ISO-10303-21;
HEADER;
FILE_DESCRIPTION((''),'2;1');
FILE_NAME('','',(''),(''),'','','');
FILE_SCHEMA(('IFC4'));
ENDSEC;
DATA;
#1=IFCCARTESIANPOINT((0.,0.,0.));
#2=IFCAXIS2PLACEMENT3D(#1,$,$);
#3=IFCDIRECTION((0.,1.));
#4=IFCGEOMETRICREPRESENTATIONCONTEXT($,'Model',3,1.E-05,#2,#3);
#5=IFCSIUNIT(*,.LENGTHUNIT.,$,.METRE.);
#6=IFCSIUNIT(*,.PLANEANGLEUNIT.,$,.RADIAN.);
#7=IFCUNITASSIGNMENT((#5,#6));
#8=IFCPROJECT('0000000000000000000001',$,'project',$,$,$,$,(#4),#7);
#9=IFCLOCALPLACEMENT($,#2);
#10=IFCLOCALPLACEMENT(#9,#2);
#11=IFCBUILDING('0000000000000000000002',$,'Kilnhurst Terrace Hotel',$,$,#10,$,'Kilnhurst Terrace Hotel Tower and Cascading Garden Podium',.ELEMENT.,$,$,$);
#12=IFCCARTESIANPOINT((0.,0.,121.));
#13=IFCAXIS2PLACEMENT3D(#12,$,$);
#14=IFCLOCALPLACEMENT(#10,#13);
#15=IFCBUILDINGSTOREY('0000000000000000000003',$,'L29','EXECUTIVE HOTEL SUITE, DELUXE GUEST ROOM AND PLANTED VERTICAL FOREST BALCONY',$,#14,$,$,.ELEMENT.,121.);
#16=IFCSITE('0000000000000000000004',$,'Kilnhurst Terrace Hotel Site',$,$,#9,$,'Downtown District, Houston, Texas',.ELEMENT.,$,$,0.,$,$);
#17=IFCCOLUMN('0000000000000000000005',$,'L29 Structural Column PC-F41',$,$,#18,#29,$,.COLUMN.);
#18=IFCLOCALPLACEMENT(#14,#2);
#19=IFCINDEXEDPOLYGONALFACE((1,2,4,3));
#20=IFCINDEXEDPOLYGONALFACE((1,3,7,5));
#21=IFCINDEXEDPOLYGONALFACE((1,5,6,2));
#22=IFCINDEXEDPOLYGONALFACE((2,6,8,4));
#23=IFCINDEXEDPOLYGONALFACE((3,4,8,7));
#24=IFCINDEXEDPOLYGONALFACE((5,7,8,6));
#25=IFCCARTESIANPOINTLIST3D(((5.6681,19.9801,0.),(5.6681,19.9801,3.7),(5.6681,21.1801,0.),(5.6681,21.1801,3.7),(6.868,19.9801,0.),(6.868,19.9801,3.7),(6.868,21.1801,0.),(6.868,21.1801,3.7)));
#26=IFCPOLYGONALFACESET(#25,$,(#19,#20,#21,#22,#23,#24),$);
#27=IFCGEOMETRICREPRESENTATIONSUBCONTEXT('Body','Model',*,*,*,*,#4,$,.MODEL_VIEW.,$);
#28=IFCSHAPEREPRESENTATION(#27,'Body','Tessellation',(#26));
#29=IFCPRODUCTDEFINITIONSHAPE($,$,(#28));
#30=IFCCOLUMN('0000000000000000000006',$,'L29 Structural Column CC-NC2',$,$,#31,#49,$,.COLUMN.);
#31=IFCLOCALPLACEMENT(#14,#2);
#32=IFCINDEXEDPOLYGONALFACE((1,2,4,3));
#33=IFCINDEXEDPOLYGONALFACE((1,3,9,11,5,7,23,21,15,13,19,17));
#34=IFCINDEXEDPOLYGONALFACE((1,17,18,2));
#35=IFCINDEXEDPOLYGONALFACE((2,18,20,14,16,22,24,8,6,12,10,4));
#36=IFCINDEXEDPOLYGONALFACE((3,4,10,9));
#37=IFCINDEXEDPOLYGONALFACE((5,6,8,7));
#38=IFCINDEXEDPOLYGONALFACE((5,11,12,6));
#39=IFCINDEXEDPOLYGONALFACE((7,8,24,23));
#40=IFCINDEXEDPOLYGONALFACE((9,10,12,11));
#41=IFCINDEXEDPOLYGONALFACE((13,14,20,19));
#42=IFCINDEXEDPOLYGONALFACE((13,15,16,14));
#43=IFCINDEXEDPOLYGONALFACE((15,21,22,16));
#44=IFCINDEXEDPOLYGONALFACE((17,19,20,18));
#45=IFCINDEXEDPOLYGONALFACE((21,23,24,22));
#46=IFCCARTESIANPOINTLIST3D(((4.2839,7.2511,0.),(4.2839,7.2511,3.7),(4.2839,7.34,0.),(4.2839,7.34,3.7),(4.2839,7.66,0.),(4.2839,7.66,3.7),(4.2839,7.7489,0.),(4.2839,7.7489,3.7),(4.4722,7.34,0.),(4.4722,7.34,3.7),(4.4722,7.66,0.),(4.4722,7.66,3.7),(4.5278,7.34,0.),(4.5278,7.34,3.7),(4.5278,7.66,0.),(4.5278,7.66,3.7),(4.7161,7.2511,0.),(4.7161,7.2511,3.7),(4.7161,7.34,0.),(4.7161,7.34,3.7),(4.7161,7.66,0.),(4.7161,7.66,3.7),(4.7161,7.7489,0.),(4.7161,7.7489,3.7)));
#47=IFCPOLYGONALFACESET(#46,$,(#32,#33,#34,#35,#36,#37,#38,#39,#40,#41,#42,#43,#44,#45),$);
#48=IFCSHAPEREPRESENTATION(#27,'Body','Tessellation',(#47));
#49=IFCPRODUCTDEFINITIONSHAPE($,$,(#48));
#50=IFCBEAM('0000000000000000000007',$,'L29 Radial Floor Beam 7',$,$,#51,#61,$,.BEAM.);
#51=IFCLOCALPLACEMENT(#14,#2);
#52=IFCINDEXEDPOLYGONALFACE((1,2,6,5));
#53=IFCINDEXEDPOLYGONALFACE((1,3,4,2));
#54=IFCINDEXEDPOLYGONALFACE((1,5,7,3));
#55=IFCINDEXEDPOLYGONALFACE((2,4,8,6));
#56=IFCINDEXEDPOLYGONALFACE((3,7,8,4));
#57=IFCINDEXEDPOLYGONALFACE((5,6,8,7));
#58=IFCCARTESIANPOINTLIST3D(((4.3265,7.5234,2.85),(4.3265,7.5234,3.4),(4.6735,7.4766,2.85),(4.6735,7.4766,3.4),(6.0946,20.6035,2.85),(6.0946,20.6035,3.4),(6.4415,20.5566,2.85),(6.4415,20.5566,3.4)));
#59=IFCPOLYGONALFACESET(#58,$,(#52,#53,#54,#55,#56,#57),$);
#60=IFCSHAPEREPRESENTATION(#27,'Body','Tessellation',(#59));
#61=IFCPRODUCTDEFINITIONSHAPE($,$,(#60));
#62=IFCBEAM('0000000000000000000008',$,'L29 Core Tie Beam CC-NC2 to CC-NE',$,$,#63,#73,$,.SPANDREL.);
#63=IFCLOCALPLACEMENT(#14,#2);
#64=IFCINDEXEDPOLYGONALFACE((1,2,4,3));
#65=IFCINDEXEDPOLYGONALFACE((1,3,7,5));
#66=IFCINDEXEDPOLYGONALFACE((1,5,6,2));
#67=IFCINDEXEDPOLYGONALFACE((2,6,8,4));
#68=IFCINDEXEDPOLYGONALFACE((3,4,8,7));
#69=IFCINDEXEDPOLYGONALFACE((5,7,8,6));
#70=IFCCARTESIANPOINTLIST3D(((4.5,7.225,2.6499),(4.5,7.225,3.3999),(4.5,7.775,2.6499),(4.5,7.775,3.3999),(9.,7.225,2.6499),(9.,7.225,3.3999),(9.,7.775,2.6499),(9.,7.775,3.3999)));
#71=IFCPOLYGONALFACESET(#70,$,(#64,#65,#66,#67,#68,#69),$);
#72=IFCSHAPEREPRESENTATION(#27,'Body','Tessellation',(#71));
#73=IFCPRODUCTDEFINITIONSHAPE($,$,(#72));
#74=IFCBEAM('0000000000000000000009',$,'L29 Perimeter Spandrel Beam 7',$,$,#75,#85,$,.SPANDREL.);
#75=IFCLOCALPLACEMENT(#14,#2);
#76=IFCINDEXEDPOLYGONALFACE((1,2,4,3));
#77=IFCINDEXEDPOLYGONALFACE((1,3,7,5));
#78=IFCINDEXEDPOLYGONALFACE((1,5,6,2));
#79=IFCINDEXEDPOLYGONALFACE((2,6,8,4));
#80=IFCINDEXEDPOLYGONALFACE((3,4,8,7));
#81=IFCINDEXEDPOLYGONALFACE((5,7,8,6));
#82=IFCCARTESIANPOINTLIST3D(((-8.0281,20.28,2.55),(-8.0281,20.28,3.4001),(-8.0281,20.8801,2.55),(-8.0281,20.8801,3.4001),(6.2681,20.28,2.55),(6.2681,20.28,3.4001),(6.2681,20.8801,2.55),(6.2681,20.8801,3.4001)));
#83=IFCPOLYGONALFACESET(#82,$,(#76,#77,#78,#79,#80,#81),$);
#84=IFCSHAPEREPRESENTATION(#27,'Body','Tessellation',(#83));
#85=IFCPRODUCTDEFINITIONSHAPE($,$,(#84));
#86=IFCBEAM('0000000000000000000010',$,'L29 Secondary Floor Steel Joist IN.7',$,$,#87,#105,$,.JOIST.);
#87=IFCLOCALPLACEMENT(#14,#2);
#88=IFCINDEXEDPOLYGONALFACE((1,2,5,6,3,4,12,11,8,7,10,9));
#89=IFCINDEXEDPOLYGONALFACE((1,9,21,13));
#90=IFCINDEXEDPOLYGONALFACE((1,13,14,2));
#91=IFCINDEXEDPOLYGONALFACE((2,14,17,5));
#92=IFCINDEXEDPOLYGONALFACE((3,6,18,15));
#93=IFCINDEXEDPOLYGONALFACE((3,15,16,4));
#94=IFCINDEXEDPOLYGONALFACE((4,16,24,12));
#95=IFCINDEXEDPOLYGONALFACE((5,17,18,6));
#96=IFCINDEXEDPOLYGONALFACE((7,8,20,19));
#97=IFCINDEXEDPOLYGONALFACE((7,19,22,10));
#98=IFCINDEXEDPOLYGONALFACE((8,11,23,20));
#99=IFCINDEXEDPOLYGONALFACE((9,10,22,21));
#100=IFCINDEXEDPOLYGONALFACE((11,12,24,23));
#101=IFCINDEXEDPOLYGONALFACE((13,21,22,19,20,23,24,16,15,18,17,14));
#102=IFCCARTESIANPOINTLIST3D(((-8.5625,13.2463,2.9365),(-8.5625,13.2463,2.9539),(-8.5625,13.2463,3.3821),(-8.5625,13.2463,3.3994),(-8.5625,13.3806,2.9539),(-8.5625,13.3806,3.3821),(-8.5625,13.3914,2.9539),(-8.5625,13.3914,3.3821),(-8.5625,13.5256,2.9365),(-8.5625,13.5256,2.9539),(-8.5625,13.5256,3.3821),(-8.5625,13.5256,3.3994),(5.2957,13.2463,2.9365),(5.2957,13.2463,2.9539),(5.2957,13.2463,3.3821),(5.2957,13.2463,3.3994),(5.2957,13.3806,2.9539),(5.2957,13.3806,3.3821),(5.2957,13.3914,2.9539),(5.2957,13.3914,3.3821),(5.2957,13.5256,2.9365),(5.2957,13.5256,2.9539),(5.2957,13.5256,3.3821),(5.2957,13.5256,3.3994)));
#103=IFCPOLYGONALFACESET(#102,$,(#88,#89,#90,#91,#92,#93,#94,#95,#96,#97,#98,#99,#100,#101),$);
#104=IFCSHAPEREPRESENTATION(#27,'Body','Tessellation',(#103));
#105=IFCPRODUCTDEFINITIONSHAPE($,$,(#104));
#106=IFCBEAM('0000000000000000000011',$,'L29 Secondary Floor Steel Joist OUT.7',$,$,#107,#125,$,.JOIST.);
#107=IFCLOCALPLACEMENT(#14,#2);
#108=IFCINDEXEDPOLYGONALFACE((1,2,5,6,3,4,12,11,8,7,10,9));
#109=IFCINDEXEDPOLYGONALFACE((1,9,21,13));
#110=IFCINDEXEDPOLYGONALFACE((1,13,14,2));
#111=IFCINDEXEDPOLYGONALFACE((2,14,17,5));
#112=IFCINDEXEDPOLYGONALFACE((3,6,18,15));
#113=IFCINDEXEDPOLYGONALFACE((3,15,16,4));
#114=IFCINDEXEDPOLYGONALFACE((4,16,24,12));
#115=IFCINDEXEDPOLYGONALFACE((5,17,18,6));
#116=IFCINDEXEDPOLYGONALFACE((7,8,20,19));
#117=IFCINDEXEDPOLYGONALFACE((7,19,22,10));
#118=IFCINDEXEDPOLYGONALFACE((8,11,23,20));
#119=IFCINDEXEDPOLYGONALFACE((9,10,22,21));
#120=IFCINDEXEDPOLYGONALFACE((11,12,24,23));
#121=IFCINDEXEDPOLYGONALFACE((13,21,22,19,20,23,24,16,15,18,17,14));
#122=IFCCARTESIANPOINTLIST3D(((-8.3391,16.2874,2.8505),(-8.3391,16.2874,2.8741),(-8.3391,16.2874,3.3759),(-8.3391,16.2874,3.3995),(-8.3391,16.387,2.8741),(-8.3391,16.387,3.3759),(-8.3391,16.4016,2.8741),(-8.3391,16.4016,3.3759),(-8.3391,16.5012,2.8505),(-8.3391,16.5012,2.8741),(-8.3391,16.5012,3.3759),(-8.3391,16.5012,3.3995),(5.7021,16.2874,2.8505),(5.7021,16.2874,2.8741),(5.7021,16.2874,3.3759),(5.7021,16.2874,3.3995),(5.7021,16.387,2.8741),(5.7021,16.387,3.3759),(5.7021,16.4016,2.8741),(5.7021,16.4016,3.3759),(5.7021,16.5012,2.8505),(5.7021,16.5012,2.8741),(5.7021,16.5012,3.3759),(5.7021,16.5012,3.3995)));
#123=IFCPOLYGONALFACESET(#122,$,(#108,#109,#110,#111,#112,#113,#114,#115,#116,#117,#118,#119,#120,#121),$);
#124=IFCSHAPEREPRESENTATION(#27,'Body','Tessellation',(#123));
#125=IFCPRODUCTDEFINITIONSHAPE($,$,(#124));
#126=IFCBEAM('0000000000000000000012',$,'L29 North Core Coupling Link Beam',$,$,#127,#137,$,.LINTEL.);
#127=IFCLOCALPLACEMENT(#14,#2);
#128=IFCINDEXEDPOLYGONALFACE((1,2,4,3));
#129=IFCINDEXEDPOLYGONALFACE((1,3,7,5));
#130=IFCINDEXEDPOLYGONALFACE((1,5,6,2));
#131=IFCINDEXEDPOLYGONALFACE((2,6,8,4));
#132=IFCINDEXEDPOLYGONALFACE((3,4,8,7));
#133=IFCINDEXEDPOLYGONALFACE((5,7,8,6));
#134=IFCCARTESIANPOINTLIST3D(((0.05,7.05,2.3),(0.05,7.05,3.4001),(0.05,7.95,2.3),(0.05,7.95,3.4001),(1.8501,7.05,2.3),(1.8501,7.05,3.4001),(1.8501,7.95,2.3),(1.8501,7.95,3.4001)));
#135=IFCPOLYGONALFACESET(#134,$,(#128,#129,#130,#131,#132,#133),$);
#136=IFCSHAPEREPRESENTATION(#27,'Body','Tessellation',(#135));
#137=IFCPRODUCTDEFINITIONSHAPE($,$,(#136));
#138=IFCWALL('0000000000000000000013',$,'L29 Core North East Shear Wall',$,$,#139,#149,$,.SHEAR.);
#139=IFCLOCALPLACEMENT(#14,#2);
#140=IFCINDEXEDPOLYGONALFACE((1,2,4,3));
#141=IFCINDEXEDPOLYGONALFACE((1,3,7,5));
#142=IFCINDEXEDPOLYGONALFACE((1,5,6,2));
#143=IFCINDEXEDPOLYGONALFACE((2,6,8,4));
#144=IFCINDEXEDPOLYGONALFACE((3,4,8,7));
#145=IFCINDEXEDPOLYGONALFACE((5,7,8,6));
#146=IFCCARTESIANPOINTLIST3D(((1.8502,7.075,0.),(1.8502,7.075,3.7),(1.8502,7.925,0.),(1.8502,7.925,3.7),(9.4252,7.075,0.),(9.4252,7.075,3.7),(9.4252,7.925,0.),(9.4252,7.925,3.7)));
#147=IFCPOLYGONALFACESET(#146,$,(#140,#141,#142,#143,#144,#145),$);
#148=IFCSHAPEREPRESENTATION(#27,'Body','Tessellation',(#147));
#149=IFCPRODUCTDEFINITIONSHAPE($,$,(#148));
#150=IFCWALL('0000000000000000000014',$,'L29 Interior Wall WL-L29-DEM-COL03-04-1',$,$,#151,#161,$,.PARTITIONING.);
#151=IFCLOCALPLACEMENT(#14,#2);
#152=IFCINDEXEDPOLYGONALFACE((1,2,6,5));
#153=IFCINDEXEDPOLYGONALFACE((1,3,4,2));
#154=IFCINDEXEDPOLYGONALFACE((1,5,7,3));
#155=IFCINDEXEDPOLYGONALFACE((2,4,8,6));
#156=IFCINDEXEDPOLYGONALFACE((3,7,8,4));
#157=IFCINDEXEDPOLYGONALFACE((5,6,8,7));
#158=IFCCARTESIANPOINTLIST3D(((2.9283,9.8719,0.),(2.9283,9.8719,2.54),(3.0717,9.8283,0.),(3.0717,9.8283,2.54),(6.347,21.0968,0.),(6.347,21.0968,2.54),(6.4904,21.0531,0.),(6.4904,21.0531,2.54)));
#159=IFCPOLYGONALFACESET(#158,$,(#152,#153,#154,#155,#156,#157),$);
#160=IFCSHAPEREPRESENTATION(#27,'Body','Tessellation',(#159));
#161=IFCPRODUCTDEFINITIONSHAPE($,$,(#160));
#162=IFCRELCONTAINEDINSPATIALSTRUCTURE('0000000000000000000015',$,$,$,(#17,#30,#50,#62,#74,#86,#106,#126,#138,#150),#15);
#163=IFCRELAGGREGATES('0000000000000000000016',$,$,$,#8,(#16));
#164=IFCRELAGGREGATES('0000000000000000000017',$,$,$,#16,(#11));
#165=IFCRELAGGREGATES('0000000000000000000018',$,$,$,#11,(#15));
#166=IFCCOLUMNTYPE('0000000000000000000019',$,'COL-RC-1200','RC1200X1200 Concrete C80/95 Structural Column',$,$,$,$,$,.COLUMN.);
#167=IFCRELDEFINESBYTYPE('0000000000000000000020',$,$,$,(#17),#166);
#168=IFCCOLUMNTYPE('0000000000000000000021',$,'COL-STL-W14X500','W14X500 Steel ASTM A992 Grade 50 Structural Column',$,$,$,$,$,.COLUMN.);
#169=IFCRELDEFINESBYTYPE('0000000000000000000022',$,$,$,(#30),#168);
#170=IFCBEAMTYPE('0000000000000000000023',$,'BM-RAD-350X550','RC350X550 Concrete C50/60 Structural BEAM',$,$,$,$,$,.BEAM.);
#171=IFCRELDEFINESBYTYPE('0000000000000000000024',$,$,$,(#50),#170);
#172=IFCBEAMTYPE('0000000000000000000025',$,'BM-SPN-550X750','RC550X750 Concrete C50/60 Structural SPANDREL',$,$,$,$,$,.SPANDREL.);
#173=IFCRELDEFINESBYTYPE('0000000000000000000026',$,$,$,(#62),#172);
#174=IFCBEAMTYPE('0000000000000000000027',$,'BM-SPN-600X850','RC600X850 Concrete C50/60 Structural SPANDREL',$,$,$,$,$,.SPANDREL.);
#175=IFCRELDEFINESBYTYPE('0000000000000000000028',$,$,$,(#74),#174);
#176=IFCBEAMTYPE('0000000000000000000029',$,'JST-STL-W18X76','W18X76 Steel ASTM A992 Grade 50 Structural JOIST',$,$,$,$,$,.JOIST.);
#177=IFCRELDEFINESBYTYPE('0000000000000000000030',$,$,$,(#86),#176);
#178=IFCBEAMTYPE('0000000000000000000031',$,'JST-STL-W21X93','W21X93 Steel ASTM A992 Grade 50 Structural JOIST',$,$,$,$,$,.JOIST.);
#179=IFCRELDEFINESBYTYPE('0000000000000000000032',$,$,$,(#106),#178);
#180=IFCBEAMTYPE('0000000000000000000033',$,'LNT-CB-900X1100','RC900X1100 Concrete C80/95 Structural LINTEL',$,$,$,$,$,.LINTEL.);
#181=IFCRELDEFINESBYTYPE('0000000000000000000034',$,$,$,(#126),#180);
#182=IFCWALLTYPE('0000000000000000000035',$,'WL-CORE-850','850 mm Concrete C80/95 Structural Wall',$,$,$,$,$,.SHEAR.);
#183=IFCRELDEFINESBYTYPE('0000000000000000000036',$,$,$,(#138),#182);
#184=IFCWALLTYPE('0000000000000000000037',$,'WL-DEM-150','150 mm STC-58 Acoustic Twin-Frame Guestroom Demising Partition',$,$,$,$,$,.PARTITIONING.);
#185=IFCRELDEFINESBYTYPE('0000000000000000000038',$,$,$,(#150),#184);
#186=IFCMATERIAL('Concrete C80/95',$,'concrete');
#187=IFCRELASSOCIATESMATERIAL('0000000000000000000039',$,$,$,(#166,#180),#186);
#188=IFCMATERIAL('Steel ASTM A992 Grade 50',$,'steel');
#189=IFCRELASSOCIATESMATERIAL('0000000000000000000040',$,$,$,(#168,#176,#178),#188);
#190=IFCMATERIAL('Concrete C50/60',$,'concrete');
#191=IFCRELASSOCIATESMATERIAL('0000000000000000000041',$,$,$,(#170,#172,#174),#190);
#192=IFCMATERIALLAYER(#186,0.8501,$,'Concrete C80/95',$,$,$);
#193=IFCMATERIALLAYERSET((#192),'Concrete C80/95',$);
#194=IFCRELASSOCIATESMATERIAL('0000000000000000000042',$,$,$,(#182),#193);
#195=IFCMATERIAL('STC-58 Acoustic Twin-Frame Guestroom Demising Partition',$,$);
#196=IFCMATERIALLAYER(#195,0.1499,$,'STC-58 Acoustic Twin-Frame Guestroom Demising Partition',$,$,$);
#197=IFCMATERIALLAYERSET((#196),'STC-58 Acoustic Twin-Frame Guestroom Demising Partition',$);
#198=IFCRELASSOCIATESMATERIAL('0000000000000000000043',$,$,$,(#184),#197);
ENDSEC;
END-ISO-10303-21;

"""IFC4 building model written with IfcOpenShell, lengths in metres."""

from ifc_helpers import new_model, si_unit, direction, frame, frame_2d, origin, origin_2d, place, context, subcontext, project, spatial, rectangle, i_section, extrude, material, layer, layer_set, material_profile, profile_set, type_object, element, save


model = new_model("IFC4")

# Units and contexts
model_context = context("Model", 3, precision=1e-05, world=origin(), true_north=direction((0.0, 1.0)))
body_context = subcontext(model_context, "Body", "Model", "MODEL_VIEW")
ifc_project = project(units=[si_unit("LENGTHUNIT", "METRE"), si_unit("PLANEANGLEUNIT", "RADIAN")], contexts=[model_context])

# Site, building, storey
site_placement = place(None, origin())
site = spatial("IfcSite", under=ifc_project, at=site_placement, Name="Kilnhurst Terrace Hotel Site", LongName="Downtown District, Houston, Texas", CompositionType="ELEMENT", RefElevation=0.0)
building_placement = place(site_placement, origin())
building = spatial("IfcBuilding", under=site, at=building_placement, Name="Kilnhurst Terrace Hotel", LongName="Kilnhurst Terrace Hotel Tower and Cascading Garden Podium", CompositionType="ELEMENT")
storey_placement = place(building_placement, frame((0.0, 0.0, 121.0)))
storey = spatial("IfcBuildingStorey", under=building, at=storey_placement, Name="L29", Description="EXECUTIVE HOTEL SUITE, DELUXE GUEST ROOM AND PLANTED VERTICAL FOREST BALCONY", CompositionType="ELEMENT", Elevation=121.0)

# Columns
ifc_material_1 = material(Name="Concrete C80/95", Category="concrete")
ifc_material_profile_1 = material_profile(ifc_material_1, rectangle(XDim=1.2, YDim=1.2, at=origin_2d()), Name="RC1200X1200")
ifc_profile_set_1 = profile_set([ifc_material_profile_1], Name="Concrete C80/95")
column_type_1 = type_object("IfcColumnType", Name="COL-RC-1200", Description="RC1200X1200 Concrete C80/95 Structural Column", PredefinedType="COLUMN", material=ifc_profile_set_1)
column_1_placement = place(storey_placement, frame((6.2681, 20.5801, 0.0), z_axis=(0.0, 0.0, 1.0), x_axis=(1.0, 0.0, 0.0)))
element("IfcColumn", 1, at=column_1_placement, inside=storey, type_object=column_type_1, Name="L29 Structural Column PC-F41", PredefinedType="COLUMN", context=body_context, shape_type="SweptSolid", body=[
    extrude(rectangle(XDim=1.2, YDim=1.2, at=origin_2d()), origin(), (0.0, 0.0, 1.0), 3.7),
])
ifc_material_2 = material(Name="Steel ASTM A992 Grade 50", Category="steel")
ifc_material_profile_2 = material_profile(ifc_material_2, i_section(OverallWidth=0.4321, OverallDepth=0.4978, WebThickness=0.0557, FlangeThickness=0.0889, at=origin_2d()), Name="W14X500")
ifc_profile_set_2 = profile_set([ifc_material_profile_2], Name="Steel ASTM A992 Grade 50")
column_type_2 = type_object("IfcColumnType", Name="COL-STL-W14X500", Description="W14X500 Steel ASTM A992 Grade 50 Structural Column", PredefinedType="COLUMN", material=ifc_profile_set_2)
column_2_placement = place(storey_placement, frame((4.5, 7.5, 0.0), z_axis=(0.0, 0.0, 1.0), x_axis=(1.0, 0.0, 0.0)))
element("IfcColumn", 2, at=column_2_placement, inside=storey, type_object=column_type_2, Name="L29 Structural Column CC-NC2", PredefinedType="COLUMN", context=body_context, shape_type="SweptSolid", body=[
    extrude(i_section(OverallWidth=0.4321, OverallDepth=0.4978, WebThickness=0.0557, FlangeThickness=0.0889, at=origin_2d()), origin(), (0.0, 0.0, 1.0), 3.7),
])

# Beams
ifc_material_3 = material(Name="Concrete C50/60", Category="concrete")
ifc_material_profile_3 = material_profile(ifc_material_3, rectangle(XDim=0.3501, YDim=0.55, at=origin_2d()), Name="RC350X550")
ifc_profile_set_3 = profile_set([ifc_material_profile_3], Name="Concrete C50/60")
beam_type_1 = type_object("IfcBeamType", Name="BM-RAD-350X550", Description="RC350X550 Concrete C50/60 Structural BEAM", PredefinedType="BEAM", material=ifc_profile_set_3)
beam_1_placement = place(storey_placement, frame((4.5, 7.5, 3.125), z_axis=(0.133954, 0.990988, 0.0), x_axis=(-0.990988, 0.133954, 0.0)))
element("IfcBeam", 3, at=beam_1_placement, inside=storey, type_object=beam_type_1, Name="L29 Radial Floor Beam 7", PredefinedType="BEAM", context=body_context, shape_type="SweptSolid", body=[
    extrude(rectangle(XDim=0.3501, YDim=0.55, at=origin_2d()), origin(), (0.0, 0.0, 1.0), 13.199),
])
ifc_material_profile_4 = material_profile(ifc_material_3, rectangle(XDim=0.55, YDim=0.75, at=origin_2d()), Name="RC550X750")
ifc_profile_set_4 = profile_set([ifc_material_profile_4], Name="Concrete C50/60")
beam_type_2 = type_object("IfcBeamType", Name="BM-SPN-550X750", Description="RC550X750 Concrete C50/60 Structural SPANDREL", PredefinedType="SPANDREL", material=ifc_profile_set_4)
beam_2_placement = place(storey_placement, frame((4.5, 7.5, 3.0249), z_axis=(1.0, 0.0, 0.0), x_axis=(0.0, 1.0, 0.0)))
element("IfcBeam", 4, at=beam_2_placement, inside=storey, type_object=beam_type_2, Name="L29 Core Tie Beam CC-NC2 to CC-NE", PredefinedType="SPANDREL", context=body_context, shape_type="SweptSolid", body=[
    extrude(rectangle(XDim=0.55, YDim=0.75, at=origin_2d()), origin(), (0.0, 0.0, 1.0), 4.5),
])
ifc_material_profile_5 = material_profile(ifc_material_3, rectangle(XDim=0.6001, YDim=0.8501, at=origin_2d()), Name="RC600X850")
ifc_profile_set_5 = profile_set([ifc_material_profile_5], Name="Concrete C50/60")
beam_type_3 = type_object("IfcBeamType", Name="BM-SPN-600X850", Description="RC600X850 Concrete C50/60 Structural SPANDREL", PredefinedType="SPANDREL", material=ifc_profile_set_5)
beam_3_placement = place(storey_placement, frame((6.2681, 20.5801, 2.9751), z_axis=(-1.0, 0.0, 0.0), x_axis=(0.0, -1.0, 0.0)))
element("IfcBeam", 5, at=beam_3_placement, inside=storey, type_object=beam_type_3, Name="L29 Perimeter Spandrel Beam 7", PredefinedType="SPANDREL", context=body_context, shape_type="SweptSolid", body=[
    extrude(rectangle(XDim=0.6001, YDim=0.8501, at=origin_2d()), origin(), (0.0, 0.0, 1.0), 14.2961),
])
ifc_material_profile_6 = material_profile(ifc_material_2, i_section(OverallWidth=0.2793, OverallDepth=0.4629, WebThickness=0.0107, FlangeThickness=0.0173, at=origin_2d()), Name="W18X76")
ifc_profile_set_6 = profile_set([ifc_material_profile_6], Name="Steel ASTM A992 Grade 50")
beam_type_4 = type_object("IfcBeamType", Name="JST-STL-W18X76", Description="W18X76 Steel ASTM A992 Grade 50 Structural JOIST", PredefinedType="JOIST", material=ifc_profile_set_6)
beam_4_placement = place(storey_placement, frame((5.2957, 13.386, 3.168), z_axis=(-1.0, 0.0, 0.0), x_axis=(0.0, -1.0, 0.0)))
element("IfcBeam", 6, at=beam_4_placement, inside=storey, type_object=beam_type_4, Name="L29 Secondary Floor Steel Joist IN.7", PredefinedType="JOIST", context=body_context, shape_type="SweptSolid", body=[
    extrude(i_section(OverallWidth=0.2793, OverallDepth=0.4629, WebThickness=0.0107, FlangeThickness=0.0173, at=origin_2d()), origin(), (0.0, 0.0, 1.0), 13.8582),
])
ifc_material_profile_7 = material_profile(ifc_material_2, i_section(OverallWidth=0.2139, OverallDepth=0.5491, WebThickness=0.0146, FlangeThickness=0.0237, at=origin_2d()), Name="W21X93")
ifc_profile_set_7 = profile_set([ifc_material_profile_7], Name="Steel ASTM A992 Grade 50")
beam_type_5 = type_object("IfcBeamType", Name="JST-STL-W21X93", Description="W21X93 Steel ASTM A992 Grade 50 Structural JOIST", PredefinedType="JOIST", material=ifc_profile_set_7)
beam_5_placement = place(storey_placement, frame((5.7021, 16.3943, 3.125), z_axis=(-1.0, 0.0, 0.0), x_axis=(0.0, -1.0, 0.0)))
element("IfcBeam", 7, at=beam_5_placement, inside=storey, type_object=beam_type_5, Name="L29 Secondary Floor Steel Joist OUT.7", PredefinedType="JOIST", context=body_context, shape_type="SweptSolid", body=[
    extrude(i_section(OverallWidth=0.2139, OverallDepth=0.5491, WebThickness=0.0146, FlangeThickness=0.0237, at=origin_2d()), origin(), (0.0, 0.0, 1.0), 14.0413),
])
ifc_material_profile_8 = material_profile(ifc_material_1, rectangle(XDim=0.8999, YDim=1.1001, at=origin_2d()), Name="RC900X1100")
ifc_profile_set_8 = profile_set([ifc_material_profile_8], Name="Concrete C80/95")
beam_type_6 = type_object("IfcBeamType", Name="LNT-CB-900X1100", Description="RC900X1100 Concrete C80/95 Structural LINTEL", PredefinedType="LINTEL", material=ifc_profile_set_8)
beam_6_placement = place(storey_placement, frame((0.05, 7.5, 2.8501), z_axis=(1.0, 0.0, 0.0), x_axis=(0.0, 1.0, 0.0)))
element("IfcBeam", 8, at=beam_6_placement, inside=storey, type_object=beam_type_6, Name="L29 North Core Coupling Link Beam", PredefinedType="LINTEL", context=body_context, shape_type="SweptSolid", body=[
    extrude(rectangle(XDim=0.8999, YDim=1.1001, at=origin_2d()), origin(), (0.0, 0.0, 1.0), 1.8),
])

# Walls
ifc_layer_1 = layer(ifc_material_1, 0.8501, Name="Concrete C80/95")
ifc_layer_set_1 = layer_set([ifc_layer_1], Name="Concrete C80/95")
wall_type_1 = type_object("IfcWallType", Name="WL-CORE-850", Description="850 mm Concrete C80/95 Structural Wall", PredefinedType="SHEAR", material=ifc_layer_set_1)
wall_1_placement = place(storey_placement, frame((1.8501, 7.5, 0.0), z_axis=(0.0, 0.0, 1.0), x_axis=(1.0, 0.0, 0.0)))
element("IfcWall", 9, at=wall_1_placement, inside=storey, type_object=wall_type_1, Name="L29 Core North East Shear Wall", PredefinedType="SHEAR", context=body_context, shape_type="SweptSolid", body=[
    extrude(rectangle(XDim=7.575, YDim=0.8501, at=frame_2d((3.7876, 0.0))), origin(), (0.0, 0.0, 1.0), 3.7),
])
ifc_material_4 = material(Name="STC-58 Acoustic Twin-Frame Guestroom Demising Partition")
ifc_layer_2 = layer(ifc_material_4, 0.1499, Name="STC-58 Acoustic Twin-Frame Guestroom Demising Partition")
ifc_layer_set_2 = layer_set([ifc_layer_2], Name="STC-58 Acoustic Twin-Frame Guestroom Demising Partition")
wall_type_2 = type_object("IfcWallType", Name="WL-DEM-150", Description="150 mm STC-58 Acoustic Twin-Frame Guestroom Demising Partition", PredefinedType="PARTITIONING", material=ifc_layer_set_2)
wall_2_placement = place(storey_placement, frame((3.0, 9.8501, 0.0), z_axis=(0.0, 0.0, 1.0), x_axis=(0.291352, 0.956616, 0.0)))
element("IfcWall", 10, at=wall_2_placement, inside=storey, type_object=wall_type_2, Name="L29 Interior Wall WL-L29-DEM-COL03-04-1", PredefinedType="PARTITIONING", context=body_context, shape_type="SweptSolid", body=[
    extrude(rectangle(XDim=11.7339, YDim=0.1499, at=frame_2d((5.8669, 0.0))), origin(), (0.0, 0.0, 1.0), 2.54),
])

save(model, "model.ifc")
